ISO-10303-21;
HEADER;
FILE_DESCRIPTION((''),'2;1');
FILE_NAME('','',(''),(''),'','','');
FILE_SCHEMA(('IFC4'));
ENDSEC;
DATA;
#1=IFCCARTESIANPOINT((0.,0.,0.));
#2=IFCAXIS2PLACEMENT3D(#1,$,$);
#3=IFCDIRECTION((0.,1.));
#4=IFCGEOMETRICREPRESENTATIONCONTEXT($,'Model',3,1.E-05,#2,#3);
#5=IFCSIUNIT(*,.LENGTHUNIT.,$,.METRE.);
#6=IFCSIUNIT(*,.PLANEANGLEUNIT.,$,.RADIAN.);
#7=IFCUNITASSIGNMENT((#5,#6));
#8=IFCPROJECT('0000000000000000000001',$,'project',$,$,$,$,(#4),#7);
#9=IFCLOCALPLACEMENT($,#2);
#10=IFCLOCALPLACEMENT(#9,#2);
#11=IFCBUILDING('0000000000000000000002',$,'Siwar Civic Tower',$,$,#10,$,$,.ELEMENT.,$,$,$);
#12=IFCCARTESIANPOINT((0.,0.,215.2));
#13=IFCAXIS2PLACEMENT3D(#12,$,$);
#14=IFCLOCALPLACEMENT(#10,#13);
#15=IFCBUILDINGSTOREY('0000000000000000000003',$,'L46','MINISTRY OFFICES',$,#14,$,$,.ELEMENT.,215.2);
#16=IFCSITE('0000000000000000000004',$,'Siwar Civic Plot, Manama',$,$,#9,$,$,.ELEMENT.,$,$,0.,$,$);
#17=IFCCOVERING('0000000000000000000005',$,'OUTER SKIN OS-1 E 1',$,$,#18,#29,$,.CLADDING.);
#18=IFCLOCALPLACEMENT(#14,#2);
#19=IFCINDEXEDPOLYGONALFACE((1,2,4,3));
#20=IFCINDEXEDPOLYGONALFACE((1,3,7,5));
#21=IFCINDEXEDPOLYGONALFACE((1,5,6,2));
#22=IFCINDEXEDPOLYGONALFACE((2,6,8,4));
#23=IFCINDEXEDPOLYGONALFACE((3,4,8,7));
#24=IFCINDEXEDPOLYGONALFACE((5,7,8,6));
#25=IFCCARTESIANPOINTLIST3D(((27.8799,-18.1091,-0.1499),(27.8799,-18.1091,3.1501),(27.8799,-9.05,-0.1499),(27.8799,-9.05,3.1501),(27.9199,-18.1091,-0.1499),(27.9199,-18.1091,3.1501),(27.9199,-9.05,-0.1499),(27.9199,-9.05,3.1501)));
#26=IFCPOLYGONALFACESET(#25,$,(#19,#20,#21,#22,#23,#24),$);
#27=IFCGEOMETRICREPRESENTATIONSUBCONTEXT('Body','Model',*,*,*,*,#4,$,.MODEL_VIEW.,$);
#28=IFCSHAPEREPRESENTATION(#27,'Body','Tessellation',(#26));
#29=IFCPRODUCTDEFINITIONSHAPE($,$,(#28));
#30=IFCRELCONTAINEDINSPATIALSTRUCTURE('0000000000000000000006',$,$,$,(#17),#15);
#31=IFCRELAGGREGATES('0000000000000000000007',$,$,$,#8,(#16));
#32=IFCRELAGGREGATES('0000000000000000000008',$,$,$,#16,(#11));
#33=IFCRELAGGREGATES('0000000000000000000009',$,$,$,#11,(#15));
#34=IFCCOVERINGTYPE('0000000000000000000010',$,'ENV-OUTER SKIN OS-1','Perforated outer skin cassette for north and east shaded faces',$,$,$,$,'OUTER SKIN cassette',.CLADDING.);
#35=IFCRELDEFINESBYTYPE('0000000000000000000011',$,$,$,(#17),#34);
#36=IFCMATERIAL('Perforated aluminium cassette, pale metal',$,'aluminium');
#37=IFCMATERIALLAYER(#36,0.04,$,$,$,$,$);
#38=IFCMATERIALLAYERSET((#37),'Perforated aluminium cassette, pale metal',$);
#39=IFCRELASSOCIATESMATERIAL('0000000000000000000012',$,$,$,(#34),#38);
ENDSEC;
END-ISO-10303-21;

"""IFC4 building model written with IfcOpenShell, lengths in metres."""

from ifc_helpers import new_model, si_unit, direction, frame, origin, origin_2d, place, context, subcontext, project, spatial, rectangle, extrude, material, layer, layer_set, type_object, element, save


model = new_model("IFC4")

# Units and contexts
model_context = context("Model", 3, precision=1e-05, world=origin(), true_north=direction((0.0, 1.0)))
body_context = subcontext(model_context, "Body", "Model", "MODEL_VIEW")
ifc_project = project(units=[si_unit("LENGTHUNIT", "METRE"), si_unit("PLANEANGLEUNIT", "RADIAN")], contexts=[model_context])

# Site, building, storey
site_placement = place(None, origin())
site = spatial("IfcSite", under=ifc_project, at=site_placement, Name="Siwar Civic Plot, Manama", CompositionType="ELEMENT", RefElevation=0.0)
building_placement = place(site_placement, origin())
building = spatial("IfcBuilding", under=site, at=building_placement, Name="Siwar Civic Tower", CompositionType="ELEMENT")
storey_placement = place(building_placement, frame((0.0, 0.0, 215.2)))
storey = spatial("IfcBuildingStorey", under=building, at=storey_placement, Name="L46", Description="MINISTRY OFFICES", CompositionType="ELEMENT", Elevation=215.2)

# Covering
ifc_material_1 = material(Name="Perforated aluminium cassette, pale metal", Category="aluminium")
ifc_layer_1 = layer(ifc_material_1, 0.04)
ifc_layer_set_1 = layer_set([ifc_layer_1], Name="Perforated aluminium cassette, pale metal")
covering_type = type_object("IfcCoveringType", Name="ENV-OUTER SKIN OS-1", Description="Perforated outer skin cassette for north and east shaded faces", ElementType="OUTER SKIN cassette", PredefinedType="CLADDING", material=ifc_layer_set_1)
covering_placement = place(storey_placement, frame((27.8999, -13.5796, -0.1499), z_axis=(0.0, 0.0, 1.0), x_axis=(0.0, 1.0, 0.0)))
element("IfcCovering", 1, at=covering_placement, inside=storey, type_object=covering_type, Name="OUTER SKIN OS-1 E 1", PredefinedType="CLADDING", context=body_context, shape_type="SweptSolid", body=[
    extrude(rectangle(XDim=9.0591, YDim=0.04, at=origin_2d()), origin(), (0.0, 0.0, 1.0), 3.3),
])

save(model, "model.ifc")
